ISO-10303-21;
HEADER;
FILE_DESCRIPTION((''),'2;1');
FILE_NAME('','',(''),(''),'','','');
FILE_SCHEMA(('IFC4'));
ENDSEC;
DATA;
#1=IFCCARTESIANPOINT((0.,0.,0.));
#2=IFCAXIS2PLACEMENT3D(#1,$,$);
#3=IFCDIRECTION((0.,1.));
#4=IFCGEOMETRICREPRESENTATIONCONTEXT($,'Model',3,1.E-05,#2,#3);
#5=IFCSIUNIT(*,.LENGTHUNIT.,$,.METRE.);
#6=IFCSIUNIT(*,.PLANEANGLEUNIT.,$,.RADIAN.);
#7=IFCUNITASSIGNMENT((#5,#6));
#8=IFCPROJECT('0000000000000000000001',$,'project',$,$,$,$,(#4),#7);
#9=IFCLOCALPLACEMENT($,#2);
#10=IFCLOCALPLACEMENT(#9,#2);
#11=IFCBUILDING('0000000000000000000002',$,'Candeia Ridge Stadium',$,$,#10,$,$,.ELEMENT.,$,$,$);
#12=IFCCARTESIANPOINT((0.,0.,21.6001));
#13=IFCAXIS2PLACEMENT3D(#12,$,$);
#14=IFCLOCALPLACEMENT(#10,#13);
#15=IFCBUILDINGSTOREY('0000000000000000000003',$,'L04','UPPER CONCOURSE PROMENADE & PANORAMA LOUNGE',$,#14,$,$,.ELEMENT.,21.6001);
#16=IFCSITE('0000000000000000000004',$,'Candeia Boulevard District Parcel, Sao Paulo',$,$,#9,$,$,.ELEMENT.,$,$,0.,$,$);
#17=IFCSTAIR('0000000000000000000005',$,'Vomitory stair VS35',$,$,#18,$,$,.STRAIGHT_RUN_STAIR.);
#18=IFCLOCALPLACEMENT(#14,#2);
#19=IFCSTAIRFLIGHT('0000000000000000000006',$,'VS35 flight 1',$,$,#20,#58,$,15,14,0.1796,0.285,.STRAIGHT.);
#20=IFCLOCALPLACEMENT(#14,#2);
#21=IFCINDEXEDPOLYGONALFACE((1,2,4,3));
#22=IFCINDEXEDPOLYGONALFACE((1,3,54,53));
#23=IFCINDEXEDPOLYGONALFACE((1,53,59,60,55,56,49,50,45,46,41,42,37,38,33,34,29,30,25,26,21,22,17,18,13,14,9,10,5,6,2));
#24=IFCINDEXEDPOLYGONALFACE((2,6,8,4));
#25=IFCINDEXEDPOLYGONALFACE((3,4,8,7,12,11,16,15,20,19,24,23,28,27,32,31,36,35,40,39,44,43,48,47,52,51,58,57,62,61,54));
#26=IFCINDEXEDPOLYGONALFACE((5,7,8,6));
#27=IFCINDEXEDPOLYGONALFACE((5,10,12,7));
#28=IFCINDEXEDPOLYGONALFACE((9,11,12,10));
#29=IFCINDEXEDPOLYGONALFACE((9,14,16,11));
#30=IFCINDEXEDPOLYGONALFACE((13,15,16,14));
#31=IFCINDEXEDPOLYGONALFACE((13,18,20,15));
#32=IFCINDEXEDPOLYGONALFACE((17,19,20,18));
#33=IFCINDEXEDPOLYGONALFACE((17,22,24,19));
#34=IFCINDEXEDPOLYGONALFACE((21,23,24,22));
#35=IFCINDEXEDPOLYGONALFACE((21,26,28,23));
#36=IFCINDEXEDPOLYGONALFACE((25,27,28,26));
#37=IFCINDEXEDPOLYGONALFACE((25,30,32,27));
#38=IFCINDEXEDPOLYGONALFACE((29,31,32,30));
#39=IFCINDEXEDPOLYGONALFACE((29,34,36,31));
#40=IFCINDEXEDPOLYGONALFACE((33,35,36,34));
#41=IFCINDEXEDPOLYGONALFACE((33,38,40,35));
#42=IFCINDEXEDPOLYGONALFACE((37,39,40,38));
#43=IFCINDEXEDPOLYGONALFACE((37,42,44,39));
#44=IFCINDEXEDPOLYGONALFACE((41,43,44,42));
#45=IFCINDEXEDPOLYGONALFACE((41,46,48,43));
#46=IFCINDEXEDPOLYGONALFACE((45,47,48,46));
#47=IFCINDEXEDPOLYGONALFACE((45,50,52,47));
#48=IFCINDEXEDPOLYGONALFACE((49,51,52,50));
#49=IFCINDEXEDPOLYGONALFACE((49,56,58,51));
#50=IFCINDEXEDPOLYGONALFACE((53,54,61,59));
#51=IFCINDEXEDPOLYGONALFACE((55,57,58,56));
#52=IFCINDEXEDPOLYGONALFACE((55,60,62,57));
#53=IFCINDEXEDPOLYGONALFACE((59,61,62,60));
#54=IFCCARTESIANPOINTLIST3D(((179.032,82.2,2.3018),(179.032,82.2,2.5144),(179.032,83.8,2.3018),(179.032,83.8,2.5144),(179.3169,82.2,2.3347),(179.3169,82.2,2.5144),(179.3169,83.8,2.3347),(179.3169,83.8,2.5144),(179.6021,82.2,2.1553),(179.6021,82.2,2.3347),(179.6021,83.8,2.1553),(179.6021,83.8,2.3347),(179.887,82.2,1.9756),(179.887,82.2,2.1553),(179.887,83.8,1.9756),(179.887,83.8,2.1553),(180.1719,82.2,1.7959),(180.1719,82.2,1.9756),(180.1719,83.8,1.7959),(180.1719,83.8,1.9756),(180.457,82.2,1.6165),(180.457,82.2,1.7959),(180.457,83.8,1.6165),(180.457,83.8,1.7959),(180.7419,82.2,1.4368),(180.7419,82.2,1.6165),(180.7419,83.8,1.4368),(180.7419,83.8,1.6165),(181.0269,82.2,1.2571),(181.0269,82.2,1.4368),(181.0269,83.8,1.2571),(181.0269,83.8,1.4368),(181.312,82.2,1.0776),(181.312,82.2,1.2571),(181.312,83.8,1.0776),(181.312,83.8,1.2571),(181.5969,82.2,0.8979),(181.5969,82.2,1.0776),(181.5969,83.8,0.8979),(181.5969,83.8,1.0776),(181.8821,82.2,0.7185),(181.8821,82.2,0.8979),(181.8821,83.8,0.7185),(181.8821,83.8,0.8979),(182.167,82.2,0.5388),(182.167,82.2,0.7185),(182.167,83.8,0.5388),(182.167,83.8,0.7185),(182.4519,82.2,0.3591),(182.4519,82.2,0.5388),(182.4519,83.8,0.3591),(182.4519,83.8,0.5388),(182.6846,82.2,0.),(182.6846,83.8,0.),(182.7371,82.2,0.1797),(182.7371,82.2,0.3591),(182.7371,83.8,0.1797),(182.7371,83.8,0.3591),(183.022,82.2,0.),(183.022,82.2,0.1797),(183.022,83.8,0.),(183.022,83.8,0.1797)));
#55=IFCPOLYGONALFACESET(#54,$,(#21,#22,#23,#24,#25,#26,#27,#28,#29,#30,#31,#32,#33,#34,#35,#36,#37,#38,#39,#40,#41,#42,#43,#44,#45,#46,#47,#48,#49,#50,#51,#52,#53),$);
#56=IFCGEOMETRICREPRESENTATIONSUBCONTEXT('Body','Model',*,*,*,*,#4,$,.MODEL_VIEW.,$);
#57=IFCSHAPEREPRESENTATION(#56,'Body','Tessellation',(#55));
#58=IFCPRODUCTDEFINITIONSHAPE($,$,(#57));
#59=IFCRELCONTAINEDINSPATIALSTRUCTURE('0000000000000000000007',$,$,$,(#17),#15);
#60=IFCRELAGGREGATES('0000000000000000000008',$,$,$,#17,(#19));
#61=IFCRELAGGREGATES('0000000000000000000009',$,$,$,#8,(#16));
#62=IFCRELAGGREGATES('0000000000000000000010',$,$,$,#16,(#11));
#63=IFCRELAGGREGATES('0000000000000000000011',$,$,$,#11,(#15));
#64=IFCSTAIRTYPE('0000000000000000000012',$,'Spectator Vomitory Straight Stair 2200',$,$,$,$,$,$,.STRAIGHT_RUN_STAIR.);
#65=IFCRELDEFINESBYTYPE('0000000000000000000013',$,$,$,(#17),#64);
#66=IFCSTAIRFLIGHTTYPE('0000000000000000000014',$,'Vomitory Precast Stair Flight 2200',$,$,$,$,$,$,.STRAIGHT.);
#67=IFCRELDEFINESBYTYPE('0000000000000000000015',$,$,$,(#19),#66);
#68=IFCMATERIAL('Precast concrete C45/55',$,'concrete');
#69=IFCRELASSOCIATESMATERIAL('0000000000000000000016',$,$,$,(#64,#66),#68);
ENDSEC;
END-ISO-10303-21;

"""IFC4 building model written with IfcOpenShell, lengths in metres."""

from ifc_helpers import new_model, si_unit, direction, frame, origin, place, context, subcontext, project, spatial, polyline, outline, extrude, material, type_object, element, aggregate, save


model = new_model("IFC4")

# Units and contexts
model_context = context("Model", 3, precision=1e-05, world=origin(), true_north=direction((0.0, 1.0)))
body_context = subcontext(model_context, "Body", "Model", "MODEL_VIEW")
ifc_project = project(units=[si_unit("LENGTHUNIT", "METRE"), si_unit("PLANEANGLEUNIT", "RADIAN")], contexts=[model_context])

# Site, building, storey
site_placement = place(None, origin())
site = spatial("IfcSite", under=ifc_project, at=site_placement, Name="Candeia Boulevard District Parcel, Sao Paulo", CompositionType="ELEMENT", RefElevation=0.0)
building_placement = place(site_placement, origin())
building = spatial("IfcBuilding", under=site, at=building_placement, Name="Candeia Ridge Stadium", CompositionType="ELEMENT")
storey_placement = place(building_placement, frame((0.0, 0.0, 21.6001)))
storey = spatial("IfcBuildingStorey", under=building, at=storey_placement, Name="L04", Description="UPPER CONCOURSE PROMENADE & PANORAMA LOUNGE", CompositionType="ELEMENT", Elevation=21.6001)

# Shared definitions
ifc_material_1 = material(Name="Precast concrete C45/55", Category="concrete")

# Stair, stair flight
stair_type = type_object("IfcStairType", Name="Spectator Vomitory Straight Stair 2200", PredefinedType="STRAIGHT_RUN_STAIR", material=ifc_material_1)
stair_placement = place(storey_placement, origin())
stair = element("IfcStair", 1, at=stair_placement, inside=storey, type_object=stair_type, Name="Vomitory stair VS35", PredefinedType="STRAIGHT_RUN_STAIR")
stair_flight_type = type_object("IfcStairFlightType", Name="Vomitory Precast Stair Flight 2200", PredefinedType="STRAIGHT", material=ifc_material_1)
stair_flight_placement = place(storey_placement, frame((183.022, 83.0, 0.0), z_axis=(0.0, 0.0, 1.0), x_axis=(-1.0, 0.0, 0.0)))
stair_flight = element("IfcStairFlight", 2, at=stair_flight_placement, type_object=stair_flight_type, Name="VS35 flight 1", NumberOfRisers=15, NumberOfTreads=14, PredefinedType="STRAIGHT", RiserHeight=0.1796, TreadLength=0.285, context=body_context, shape_type="SweptSolid", body=[
    extrude(outline(polyline([(0.0, 0.0), (0.0, 0.1797), (0.2849, 0.1797), (0.2849, 0.3591), (0.5701, 0.3591), (0.5701, 0.5388), (0.855, 0.5388), (0.855, 0.7185), (1.1399, 0.7185), (1.1399, 0.8979), (1.425, 0.8979), (1.425, 1.0776), (1.71, 1.0776), (1.71, 1.2571), (1.9951, 1.2571), (1.9951, 1.4368), (2.28, 1.4368), (2.28, 1.6165), (2.5649, 1.6165), (2.5649, 1.7959), (2.8501, 1.7959), (2.8501, 1.9756), (3.135, 1.9756), (3.135, 2.1553), (3.4199, 2.1553), (3.4199, 2.3347), (3.7051, 2.3347), (3.7051, 2.5144), (3.99, 2.5144), (3.99, 2.6941), (3.99, 2.3018), (0.3374, 0.0), (0.0, 0.0)])), frame((0.0, 0.8, 0.0), z_axis=(0.0, -1.0, 0.0), x_axis=(1.0, 0.0, 0.0)), (0.0, 0.0, 1.0), 1.6001),
])
aggregate(stair, [stair_flight])

save(model, "model.ifc")
